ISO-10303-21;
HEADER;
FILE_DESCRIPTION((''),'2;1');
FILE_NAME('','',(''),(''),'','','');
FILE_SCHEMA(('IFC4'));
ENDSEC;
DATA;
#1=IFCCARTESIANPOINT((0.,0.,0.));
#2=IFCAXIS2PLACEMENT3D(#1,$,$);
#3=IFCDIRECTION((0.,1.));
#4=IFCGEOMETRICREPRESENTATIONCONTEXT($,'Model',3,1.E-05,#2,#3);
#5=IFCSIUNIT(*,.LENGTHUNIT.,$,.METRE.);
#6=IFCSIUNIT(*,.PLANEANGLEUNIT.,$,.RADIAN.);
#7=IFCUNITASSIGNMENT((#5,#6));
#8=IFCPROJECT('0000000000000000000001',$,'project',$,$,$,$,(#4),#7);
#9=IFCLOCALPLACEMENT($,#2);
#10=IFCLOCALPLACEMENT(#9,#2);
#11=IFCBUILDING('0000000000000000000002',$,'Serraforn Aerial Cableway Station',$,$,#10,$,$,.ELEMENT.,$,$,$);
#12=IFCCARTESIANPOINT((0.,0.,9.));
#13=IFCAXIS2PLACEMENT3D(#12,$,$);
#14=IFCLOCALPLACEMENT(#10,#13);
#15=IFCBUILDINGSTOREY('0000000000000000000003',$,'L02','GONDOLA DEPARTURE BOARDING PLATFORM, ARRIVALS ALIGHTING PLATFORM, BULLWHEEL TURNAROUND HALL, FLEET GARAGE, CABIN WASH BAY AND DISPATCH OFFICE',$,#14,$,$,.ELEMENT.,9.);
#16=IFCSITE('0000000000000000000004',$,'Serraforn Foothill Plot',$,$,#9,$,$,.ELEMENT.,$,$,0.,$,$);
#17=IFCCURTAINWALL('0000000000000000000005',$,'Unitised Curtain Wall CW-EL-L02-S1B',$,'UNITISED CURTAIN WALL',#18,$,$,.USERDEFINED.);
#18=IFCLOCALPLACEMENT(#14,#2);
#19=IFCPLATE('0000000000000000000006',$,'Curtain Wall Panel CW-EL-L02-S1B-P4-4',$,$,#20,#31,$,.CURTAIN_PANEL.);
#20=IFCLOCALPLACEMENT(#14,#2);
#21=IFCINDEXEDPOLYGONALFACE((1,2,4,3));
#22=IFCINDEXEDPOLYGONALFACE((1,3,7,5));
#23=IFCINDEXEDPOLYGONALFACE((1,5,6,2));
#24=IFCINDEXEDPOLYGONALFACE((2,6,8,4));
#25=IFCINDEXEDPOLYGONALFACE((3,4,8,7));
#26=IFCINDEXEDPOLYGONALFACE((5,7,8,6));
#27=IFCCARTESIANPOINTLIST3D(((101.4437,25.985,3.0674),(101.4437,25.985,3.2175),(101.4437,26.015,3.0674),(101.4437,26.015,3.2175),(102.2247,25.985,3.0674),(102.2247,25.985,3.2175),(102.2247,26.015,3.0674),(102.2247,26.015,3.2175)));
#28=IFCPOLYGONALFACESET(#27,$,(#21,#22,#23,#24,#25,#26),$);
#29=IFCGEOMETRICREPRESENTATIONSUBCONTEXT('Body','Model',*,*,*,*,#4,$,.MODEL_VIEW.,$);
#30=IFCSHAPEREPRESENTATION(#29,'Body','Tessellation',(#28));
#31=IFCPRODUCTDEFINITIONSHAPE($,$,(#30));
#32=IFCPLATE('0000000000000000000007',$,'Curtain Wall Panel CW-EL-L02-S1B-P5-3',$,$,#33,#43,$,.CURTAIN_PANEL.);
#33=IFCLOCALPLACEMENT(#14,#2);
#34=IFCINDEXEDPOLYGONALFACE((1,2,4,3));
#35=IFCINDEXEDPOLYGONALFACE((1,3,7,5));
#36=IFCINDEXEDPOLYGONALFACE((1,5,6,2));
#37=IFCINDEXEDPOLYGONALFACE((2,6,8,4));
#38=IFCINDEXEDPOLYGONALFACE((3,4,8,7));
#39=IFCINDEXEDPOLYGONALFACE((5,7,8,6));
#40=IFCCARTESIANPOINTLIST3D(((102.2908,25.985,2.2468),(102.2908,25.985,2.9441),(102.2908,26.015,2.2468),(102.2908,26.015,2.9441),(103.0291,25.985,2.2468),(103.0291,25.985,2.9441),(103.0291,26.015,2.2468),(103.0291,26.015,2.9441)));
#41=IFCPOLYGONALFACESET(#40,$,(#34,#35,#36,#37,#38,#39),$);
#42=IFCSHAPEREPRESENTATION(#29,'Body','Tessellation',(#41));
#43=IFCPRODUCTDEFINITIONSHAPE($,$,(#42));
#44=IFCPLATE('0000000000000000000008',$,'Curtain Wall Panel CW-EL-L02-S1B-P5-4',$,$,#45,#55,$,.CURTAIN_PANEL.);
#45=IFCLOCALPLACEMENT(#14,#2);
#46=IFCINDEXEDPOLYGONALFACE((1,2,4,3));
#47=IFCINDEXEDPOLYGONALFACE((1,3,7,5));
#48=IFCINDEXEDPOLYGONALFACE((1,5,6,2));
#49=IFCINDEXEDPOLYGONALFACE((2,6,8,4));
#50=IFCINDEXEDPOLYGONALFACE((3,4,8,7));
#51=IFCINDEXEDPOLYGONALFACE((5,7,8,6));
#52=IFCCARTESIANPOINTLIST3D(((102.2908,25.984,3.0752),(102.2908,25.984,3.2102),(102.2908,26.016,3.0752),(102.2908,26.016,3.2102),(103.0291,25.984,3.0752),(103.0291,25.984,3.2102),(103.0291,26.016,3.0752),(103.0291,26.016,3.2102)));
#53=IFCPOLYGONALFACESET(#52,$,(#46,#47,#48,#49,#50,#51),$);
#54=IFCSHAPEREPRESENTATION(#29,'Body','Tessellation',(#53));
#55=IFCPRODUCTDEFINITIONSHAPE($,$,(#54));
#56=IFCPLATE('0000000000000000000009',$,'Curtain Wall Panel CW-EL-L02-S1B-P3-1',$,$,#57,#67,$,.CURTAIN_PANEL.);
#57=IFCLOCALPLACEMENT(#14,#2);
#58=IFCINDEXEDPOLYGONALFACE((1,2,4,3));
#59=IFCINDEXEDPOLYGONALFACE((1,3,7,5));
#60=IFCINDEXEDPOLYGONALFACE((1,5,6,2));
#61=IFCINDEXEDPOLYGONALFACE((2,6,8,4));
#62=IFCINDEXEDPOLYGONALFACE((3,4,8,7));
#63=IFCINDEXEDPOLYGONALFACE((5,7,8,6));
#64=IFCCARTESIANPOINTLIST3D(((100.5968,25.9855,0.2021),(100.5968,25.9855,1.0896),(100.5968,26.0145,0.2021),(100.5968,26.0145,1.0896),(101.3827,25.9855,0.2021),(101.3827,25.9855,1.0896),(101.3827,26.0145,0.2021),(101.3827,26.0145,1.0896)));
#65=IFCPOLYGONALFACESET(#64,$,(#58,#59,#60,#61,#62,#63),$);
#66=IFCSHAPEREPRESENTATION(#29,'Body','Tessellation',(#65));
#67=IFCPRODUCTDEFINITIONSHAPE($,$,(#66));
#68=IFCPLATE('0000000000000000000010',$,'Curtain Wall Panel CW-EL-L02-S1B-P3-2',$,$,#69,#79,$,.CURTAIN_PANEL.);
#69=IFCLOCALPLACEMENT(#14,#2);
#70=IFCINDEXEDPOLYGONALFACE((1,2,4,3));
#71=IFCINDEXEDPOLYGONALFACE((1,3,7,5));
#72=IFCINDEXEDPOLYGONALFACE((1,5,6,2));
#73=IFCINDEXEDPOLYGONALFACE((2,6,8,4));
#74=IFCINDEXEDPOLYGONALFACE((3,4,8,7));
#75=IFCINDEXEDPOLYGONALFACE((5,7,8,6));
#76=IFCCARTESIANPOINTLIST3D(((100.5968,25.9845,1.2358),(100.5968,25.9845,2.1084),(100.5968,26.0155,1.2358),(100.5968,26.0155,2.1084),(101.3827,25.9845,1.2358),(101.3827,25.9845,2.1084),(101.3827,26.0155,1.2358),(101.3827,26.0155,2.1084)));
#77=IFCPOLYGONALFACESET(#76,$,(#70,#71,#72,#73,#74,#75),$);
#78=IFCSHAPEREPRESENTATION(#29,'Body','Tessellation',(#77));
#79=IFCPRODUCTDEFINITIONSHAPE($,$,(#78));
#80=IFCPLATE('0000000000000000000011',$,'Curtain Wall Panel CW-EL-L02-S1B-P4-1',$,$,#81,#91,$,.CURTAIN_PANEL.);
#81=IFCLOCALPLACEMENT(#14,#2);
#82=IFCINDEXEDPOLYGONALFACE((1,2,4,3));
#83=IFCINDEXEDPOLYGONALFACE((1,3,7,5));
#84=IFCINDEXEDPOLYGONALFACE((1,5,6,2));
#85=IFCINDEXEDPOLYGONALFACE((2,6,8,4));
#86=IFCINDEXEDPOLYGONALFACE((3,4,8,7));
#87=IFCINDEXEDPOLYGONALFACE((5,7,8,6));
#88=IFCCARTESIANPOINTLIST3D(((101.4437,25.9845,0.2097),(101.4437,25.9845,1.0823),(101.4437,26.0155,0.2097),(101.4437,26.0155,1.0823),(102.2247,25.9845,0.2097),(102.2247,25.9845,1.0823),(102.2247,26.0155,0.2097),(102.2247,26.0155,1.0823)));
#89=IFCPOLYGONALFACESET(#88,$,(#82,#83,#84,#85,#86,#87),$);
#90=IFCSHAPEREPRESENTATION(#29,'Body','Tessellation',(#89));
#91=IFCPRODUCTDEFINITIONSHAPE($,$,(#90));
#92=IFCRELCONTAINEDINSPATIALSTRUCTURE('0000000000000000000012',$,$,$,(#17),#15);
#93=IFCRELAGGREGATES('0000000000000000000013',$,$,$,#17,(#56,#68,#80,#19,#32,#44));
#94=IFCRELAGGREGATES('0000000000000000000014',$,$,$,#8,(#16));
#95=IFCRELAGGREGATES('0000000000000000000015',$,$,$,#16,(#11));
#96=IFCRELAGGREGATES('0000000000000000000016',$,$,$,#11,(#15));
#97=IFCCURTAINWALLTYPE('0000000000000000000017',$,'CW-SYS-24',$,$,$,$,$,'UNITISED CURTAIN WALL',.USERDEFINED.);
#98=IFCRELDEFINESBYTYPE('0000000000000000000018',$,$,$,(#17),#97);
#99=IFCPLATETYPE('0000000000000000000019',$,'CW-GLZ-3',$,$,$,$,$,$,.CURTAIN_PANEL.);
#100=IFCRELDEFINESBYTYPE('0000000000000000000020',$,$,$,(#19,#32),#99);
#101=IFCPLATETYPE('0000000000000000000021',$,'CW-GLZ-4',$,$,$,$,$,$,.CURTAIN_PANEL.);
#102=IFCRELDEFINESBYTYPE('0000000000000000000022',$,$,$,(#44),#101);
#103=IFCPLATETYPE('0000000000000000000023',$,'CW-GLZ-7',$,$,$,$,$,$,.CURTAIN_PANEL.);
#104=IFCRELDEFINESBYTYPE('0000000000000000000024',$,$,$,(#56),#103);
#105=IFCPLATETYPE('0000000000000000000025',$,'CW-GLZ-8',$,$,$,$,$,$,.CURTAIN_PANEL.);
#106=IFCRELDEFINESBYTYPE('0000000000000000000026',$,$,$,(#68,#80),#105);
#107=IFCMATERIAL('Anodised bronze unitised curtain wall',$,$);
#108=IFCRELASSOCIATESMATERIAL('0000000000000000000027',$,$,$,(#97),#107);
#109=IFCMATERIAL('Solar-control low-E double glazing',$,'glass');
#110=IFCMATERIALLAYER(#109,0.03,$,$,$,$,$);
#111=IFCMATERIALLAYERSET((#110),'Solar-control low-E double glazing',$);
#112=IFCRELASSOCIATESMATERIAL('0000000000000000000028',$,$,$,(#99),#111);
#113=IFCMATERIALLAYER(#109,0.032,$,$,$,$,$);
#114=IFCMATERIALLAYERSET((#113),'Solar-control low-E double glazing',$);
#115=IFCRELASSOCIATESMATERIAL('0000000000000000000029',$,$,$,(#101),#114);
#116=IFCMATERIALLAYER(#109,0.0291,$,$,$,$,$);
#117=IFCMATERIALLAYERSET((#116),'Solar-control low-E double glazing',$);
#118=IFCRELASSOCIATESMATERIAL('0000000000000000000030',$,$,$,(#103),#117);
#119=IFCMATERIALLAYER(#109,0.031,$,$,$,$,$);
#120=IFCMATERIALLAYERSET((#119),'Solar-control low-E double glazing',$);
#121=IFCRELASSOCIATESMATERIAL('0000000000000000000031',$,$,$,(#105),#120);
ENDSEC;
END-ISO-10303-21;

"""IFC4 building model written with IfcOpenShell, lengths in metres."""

from ifc_helpers import new_model, si_unit, direction, frame, origin, origin_2d, place, context, subcontext, project, spatial, rectangle, extrude, material, layer, layer_set, type_object, element, aggregate, save


model = new_model("IFC4")

# Units and contexts
model_context = context("Model", 3, precision=1e-05, world=origin(), true_north=direction((0.0, 1.0)))
body_context = subcontext(model_context, "Body", "Model", "MODEL_VIEW")
ifc_project = project(units=[si_unit("LENGTHUNIT", "METRE"), si_unit("PLANEANGLEUNIT", "RADIAN")], contexts=[model_context])

# Site, building, storey
site_placement = place(None, origin())
site = spatial("IfcSite", under=ifc_project, at=site_placement, Name="Serraforn Foothill Plot", CompositionType="ELEMENT", RefElevation=0.0)
building_placement = place(site_placement, origin())
building = spatial("IfcBuilding", under=site, at=building_placement, Name="Serraforn Aerial Cableway Station", CompositionType="ELEMENT")
storey_placement = place(building_placement, frame((0.0, 0.0, 9.0)))
storey = spatial("IfcBuildingStorey", under=building, at=storey_placement, Name="L02", Description="GONDOLA DEPARTURE BOARDING PLATFORM, ARRIVALS ALIGHTING PLATFORM, BULLWHEEL TURNAROUND HALL, FLEET GARAGE, CABIN WASH BAY AND DISPATCH OFFICE", CompositionType="ELEMENT", Elevation=9.0)

# Shared definitions
ifc_material_1 = material(Name="Anodised bronze unitised curtain wall")

# Curtain wall
curtain_wall_type_1 = type_object("IfcCurtainWallType", Name="CW-SYS-24", ElementType="UNITISED CURTAIN WALL", PredefinedType="USERDEFINED", material=ifc_material_1)
curtain_wall_1_placement = place(storey_placement, origin())
curtain_wall_1 = element("IfcCurtainWall", 1, at=curtain_wall_1_placement, inside=storey, type_object=curtain_wall_type_1, Name="Unitised Curtain Wall CW-EL-L02-S1B", ObjectType="UNITISED CURTAIN WALL", PredefinedType="USERDEFINED")

# Plates
ifc_material_2 = material(Name="Solar-control low-E double glazing", Category="glass")
ifc_layer_1 = layer(ifc_material_2, 0.03)
ifc_layer_set_1 = layer_set([ifc_layer_1], Name="Solar-control low-E double glazing")
plate_type_1 = type_object("IfcPlateType", Name="CW-GLZ-3", PredefinedType="CURTAIN_PANEL", material=ifc_layer_set_1)
plate_1_placement = place(storey_placement, frame((101.8342, 26.0, 3.0674), z_axis=(0.0, 0.0, 1.0), x_axis=(1.0, 0.0, 0.0)))
plate_1 = element("IfcPlate", 2, at=plate_1_placement, type_object=plate_type_1, Name="Curtain Wall Panel CW-EL-L02-S1B-P4-4", PredefinedType="CURTAIN_PANEL", context=body_context, shape_type="SweptSolid", body=[
    extrude(rectangle(XDim=0.781, YDim=0.03, at=origin_2d()), origin(), (0.0, 0.0, 1.0), 0.1501),
])
plate_2_placement = place(storey_placement, frame((102.6599, 26.0, 2.2468), z_axis=(0.0, 0.0, 1.0), x_axis=(1.0, 0.0, 0.0)))
plate_2 = element("IfcPlate", 3, at=plate_2_placement, type_object=plate_type_1, Name="Curtain Wall Panel CW-EL-L02-S1B-P5-3", PredefinedType="CURTAIN_PANEL", context=body_context, shape_type="SweptSolid", body=[
    extrude(rectangle(XDim=0.7383, YDim=0.03, at=origin_2d()), origin(), (0.0, 0.0, 1.0), 0.6973),
])
ifc_layer_2 = layer(ifc_material_2, 0.032)
ifc_layer_set_2 = layer_set([ifc_layer_2], Name="Solar-control low-E double glazing")
plate_type_2 = type_object("IfcPlateType", Name="CW-GLZ-4", PredefinedType="CURTAIN_PANEL", material=ifc_layer_set_2)
plate_3_placement = place(storey_placement, frame((102.6599, 26.0, 3.0752), z_axis=(0.0, 0.0, 1.0), x_axis=(1.0, 0.0, 0.0)))
plate_3 = element("IfcPlate", 4, at=plate_3_placement, type_object=plate_type_2, Name="Curtain Wall Panel CW-EL-L02-S1B-P5-4", PredefinedType="CURTAIN_PANEL", context=body_context, shape_type="SweptSolid", body=[
    extrude(rectangle(XDim=0.7383, YDim=0.032, at=origin_2d()), origin(), (0.0, 0.0, 1.0), 0.135),
])
ifc_layer_3 = layer(ifc_material_2, 0.0291)
ifc_layer_set_3 = layer_set([ifc_layer_3], Name="Solar-control low-E double glazing")
plate_type_3 = type_object("IfcPlateType", Name="CW-GLZ-7", PredefinedType="CURTAIN_PANEL", material=ifc_layer_set_3)
plate_4_placement = place(storey_placement, frame((100.9897, 26.0, 0.2021), z_axis=(0.0, 0.0, 1.0), x_axis=(1.0, 0.0, 0.0)))
plate_4 = element("IfcPlate", 5, at=plate_4_placement, type_object=plate_type_3, Name="Curtain Wall Panel CW-EL-L02-S1B-P3-1", PredefinedType="CURTAIN_PANEL", context=body_context, shape_type="SweptSolid", body=[
    extrude(rectangle(XDim=0.7859, YDim=0.0291, at=origin_2d()), origin(), (0.0, 0.0, 1.0), 0.8875),
])
ifc_layer_4 = layer(ifc_material_2, 0.031)
ifc_layer_set_4 = layer_set([ifc_layer_4], Name="Solar-control low-E double glazing")
plate_type_4 = type_object("IfcPlateType", Name="CW-GLZ-8", PredefinedType="CURTAIN_PANEL", material=ifc_layer_set_4)
plate_5_placement = place(storey_placement, frame((100.9897, 26.0, 1.2358), z_axis=(0.0, 0.0, 1.0), x_axis=(1.0, 0.0, 0.0)))
plate_5 = element("IfcPlate", 6, at=plate_5_placement, type_object=plate_type_4, Name="Curtain Wall Panel CW-EL-L02-S1B-P3-2", PredefinedType="CURTAIN_PANEL", context=body_context, shape_type="SweptSolid", body=[
    extrude(rectangle(XDim=0.7859, YDim=0.031, at=origin_2d()), origin(), (0.0, 0.0, 1.0), 0.8726),
])
plate_6_placement = place(storey_placement, frame((101.8342, 26.0, 0.2097), z_axis=(0.0, 0.0, 1.0), x_axis=(1.0, 0.0, 0.0)))
plate_6 = element("IfcPlate", 7, at=plate_6_placement, type_object=plate_type_4, Name="Curtain Wall Panel CW-EL-L02-S1B-P4-1", PredefinedType="CURTAIN_PANEL", context=body_context, shape_type="SweptSolid", body=[
    extrude(rectangle(XDim=0.781, YDim=0.031, at=origin_2d()), origin(), (0.0, 0.0, 1.0), 0.8726),
])
aggregate(curtain_wall_1, [plate_4, plate_5, plate_6, plate_1, plate_2, plate_3])

save(model, "model.ifc")
